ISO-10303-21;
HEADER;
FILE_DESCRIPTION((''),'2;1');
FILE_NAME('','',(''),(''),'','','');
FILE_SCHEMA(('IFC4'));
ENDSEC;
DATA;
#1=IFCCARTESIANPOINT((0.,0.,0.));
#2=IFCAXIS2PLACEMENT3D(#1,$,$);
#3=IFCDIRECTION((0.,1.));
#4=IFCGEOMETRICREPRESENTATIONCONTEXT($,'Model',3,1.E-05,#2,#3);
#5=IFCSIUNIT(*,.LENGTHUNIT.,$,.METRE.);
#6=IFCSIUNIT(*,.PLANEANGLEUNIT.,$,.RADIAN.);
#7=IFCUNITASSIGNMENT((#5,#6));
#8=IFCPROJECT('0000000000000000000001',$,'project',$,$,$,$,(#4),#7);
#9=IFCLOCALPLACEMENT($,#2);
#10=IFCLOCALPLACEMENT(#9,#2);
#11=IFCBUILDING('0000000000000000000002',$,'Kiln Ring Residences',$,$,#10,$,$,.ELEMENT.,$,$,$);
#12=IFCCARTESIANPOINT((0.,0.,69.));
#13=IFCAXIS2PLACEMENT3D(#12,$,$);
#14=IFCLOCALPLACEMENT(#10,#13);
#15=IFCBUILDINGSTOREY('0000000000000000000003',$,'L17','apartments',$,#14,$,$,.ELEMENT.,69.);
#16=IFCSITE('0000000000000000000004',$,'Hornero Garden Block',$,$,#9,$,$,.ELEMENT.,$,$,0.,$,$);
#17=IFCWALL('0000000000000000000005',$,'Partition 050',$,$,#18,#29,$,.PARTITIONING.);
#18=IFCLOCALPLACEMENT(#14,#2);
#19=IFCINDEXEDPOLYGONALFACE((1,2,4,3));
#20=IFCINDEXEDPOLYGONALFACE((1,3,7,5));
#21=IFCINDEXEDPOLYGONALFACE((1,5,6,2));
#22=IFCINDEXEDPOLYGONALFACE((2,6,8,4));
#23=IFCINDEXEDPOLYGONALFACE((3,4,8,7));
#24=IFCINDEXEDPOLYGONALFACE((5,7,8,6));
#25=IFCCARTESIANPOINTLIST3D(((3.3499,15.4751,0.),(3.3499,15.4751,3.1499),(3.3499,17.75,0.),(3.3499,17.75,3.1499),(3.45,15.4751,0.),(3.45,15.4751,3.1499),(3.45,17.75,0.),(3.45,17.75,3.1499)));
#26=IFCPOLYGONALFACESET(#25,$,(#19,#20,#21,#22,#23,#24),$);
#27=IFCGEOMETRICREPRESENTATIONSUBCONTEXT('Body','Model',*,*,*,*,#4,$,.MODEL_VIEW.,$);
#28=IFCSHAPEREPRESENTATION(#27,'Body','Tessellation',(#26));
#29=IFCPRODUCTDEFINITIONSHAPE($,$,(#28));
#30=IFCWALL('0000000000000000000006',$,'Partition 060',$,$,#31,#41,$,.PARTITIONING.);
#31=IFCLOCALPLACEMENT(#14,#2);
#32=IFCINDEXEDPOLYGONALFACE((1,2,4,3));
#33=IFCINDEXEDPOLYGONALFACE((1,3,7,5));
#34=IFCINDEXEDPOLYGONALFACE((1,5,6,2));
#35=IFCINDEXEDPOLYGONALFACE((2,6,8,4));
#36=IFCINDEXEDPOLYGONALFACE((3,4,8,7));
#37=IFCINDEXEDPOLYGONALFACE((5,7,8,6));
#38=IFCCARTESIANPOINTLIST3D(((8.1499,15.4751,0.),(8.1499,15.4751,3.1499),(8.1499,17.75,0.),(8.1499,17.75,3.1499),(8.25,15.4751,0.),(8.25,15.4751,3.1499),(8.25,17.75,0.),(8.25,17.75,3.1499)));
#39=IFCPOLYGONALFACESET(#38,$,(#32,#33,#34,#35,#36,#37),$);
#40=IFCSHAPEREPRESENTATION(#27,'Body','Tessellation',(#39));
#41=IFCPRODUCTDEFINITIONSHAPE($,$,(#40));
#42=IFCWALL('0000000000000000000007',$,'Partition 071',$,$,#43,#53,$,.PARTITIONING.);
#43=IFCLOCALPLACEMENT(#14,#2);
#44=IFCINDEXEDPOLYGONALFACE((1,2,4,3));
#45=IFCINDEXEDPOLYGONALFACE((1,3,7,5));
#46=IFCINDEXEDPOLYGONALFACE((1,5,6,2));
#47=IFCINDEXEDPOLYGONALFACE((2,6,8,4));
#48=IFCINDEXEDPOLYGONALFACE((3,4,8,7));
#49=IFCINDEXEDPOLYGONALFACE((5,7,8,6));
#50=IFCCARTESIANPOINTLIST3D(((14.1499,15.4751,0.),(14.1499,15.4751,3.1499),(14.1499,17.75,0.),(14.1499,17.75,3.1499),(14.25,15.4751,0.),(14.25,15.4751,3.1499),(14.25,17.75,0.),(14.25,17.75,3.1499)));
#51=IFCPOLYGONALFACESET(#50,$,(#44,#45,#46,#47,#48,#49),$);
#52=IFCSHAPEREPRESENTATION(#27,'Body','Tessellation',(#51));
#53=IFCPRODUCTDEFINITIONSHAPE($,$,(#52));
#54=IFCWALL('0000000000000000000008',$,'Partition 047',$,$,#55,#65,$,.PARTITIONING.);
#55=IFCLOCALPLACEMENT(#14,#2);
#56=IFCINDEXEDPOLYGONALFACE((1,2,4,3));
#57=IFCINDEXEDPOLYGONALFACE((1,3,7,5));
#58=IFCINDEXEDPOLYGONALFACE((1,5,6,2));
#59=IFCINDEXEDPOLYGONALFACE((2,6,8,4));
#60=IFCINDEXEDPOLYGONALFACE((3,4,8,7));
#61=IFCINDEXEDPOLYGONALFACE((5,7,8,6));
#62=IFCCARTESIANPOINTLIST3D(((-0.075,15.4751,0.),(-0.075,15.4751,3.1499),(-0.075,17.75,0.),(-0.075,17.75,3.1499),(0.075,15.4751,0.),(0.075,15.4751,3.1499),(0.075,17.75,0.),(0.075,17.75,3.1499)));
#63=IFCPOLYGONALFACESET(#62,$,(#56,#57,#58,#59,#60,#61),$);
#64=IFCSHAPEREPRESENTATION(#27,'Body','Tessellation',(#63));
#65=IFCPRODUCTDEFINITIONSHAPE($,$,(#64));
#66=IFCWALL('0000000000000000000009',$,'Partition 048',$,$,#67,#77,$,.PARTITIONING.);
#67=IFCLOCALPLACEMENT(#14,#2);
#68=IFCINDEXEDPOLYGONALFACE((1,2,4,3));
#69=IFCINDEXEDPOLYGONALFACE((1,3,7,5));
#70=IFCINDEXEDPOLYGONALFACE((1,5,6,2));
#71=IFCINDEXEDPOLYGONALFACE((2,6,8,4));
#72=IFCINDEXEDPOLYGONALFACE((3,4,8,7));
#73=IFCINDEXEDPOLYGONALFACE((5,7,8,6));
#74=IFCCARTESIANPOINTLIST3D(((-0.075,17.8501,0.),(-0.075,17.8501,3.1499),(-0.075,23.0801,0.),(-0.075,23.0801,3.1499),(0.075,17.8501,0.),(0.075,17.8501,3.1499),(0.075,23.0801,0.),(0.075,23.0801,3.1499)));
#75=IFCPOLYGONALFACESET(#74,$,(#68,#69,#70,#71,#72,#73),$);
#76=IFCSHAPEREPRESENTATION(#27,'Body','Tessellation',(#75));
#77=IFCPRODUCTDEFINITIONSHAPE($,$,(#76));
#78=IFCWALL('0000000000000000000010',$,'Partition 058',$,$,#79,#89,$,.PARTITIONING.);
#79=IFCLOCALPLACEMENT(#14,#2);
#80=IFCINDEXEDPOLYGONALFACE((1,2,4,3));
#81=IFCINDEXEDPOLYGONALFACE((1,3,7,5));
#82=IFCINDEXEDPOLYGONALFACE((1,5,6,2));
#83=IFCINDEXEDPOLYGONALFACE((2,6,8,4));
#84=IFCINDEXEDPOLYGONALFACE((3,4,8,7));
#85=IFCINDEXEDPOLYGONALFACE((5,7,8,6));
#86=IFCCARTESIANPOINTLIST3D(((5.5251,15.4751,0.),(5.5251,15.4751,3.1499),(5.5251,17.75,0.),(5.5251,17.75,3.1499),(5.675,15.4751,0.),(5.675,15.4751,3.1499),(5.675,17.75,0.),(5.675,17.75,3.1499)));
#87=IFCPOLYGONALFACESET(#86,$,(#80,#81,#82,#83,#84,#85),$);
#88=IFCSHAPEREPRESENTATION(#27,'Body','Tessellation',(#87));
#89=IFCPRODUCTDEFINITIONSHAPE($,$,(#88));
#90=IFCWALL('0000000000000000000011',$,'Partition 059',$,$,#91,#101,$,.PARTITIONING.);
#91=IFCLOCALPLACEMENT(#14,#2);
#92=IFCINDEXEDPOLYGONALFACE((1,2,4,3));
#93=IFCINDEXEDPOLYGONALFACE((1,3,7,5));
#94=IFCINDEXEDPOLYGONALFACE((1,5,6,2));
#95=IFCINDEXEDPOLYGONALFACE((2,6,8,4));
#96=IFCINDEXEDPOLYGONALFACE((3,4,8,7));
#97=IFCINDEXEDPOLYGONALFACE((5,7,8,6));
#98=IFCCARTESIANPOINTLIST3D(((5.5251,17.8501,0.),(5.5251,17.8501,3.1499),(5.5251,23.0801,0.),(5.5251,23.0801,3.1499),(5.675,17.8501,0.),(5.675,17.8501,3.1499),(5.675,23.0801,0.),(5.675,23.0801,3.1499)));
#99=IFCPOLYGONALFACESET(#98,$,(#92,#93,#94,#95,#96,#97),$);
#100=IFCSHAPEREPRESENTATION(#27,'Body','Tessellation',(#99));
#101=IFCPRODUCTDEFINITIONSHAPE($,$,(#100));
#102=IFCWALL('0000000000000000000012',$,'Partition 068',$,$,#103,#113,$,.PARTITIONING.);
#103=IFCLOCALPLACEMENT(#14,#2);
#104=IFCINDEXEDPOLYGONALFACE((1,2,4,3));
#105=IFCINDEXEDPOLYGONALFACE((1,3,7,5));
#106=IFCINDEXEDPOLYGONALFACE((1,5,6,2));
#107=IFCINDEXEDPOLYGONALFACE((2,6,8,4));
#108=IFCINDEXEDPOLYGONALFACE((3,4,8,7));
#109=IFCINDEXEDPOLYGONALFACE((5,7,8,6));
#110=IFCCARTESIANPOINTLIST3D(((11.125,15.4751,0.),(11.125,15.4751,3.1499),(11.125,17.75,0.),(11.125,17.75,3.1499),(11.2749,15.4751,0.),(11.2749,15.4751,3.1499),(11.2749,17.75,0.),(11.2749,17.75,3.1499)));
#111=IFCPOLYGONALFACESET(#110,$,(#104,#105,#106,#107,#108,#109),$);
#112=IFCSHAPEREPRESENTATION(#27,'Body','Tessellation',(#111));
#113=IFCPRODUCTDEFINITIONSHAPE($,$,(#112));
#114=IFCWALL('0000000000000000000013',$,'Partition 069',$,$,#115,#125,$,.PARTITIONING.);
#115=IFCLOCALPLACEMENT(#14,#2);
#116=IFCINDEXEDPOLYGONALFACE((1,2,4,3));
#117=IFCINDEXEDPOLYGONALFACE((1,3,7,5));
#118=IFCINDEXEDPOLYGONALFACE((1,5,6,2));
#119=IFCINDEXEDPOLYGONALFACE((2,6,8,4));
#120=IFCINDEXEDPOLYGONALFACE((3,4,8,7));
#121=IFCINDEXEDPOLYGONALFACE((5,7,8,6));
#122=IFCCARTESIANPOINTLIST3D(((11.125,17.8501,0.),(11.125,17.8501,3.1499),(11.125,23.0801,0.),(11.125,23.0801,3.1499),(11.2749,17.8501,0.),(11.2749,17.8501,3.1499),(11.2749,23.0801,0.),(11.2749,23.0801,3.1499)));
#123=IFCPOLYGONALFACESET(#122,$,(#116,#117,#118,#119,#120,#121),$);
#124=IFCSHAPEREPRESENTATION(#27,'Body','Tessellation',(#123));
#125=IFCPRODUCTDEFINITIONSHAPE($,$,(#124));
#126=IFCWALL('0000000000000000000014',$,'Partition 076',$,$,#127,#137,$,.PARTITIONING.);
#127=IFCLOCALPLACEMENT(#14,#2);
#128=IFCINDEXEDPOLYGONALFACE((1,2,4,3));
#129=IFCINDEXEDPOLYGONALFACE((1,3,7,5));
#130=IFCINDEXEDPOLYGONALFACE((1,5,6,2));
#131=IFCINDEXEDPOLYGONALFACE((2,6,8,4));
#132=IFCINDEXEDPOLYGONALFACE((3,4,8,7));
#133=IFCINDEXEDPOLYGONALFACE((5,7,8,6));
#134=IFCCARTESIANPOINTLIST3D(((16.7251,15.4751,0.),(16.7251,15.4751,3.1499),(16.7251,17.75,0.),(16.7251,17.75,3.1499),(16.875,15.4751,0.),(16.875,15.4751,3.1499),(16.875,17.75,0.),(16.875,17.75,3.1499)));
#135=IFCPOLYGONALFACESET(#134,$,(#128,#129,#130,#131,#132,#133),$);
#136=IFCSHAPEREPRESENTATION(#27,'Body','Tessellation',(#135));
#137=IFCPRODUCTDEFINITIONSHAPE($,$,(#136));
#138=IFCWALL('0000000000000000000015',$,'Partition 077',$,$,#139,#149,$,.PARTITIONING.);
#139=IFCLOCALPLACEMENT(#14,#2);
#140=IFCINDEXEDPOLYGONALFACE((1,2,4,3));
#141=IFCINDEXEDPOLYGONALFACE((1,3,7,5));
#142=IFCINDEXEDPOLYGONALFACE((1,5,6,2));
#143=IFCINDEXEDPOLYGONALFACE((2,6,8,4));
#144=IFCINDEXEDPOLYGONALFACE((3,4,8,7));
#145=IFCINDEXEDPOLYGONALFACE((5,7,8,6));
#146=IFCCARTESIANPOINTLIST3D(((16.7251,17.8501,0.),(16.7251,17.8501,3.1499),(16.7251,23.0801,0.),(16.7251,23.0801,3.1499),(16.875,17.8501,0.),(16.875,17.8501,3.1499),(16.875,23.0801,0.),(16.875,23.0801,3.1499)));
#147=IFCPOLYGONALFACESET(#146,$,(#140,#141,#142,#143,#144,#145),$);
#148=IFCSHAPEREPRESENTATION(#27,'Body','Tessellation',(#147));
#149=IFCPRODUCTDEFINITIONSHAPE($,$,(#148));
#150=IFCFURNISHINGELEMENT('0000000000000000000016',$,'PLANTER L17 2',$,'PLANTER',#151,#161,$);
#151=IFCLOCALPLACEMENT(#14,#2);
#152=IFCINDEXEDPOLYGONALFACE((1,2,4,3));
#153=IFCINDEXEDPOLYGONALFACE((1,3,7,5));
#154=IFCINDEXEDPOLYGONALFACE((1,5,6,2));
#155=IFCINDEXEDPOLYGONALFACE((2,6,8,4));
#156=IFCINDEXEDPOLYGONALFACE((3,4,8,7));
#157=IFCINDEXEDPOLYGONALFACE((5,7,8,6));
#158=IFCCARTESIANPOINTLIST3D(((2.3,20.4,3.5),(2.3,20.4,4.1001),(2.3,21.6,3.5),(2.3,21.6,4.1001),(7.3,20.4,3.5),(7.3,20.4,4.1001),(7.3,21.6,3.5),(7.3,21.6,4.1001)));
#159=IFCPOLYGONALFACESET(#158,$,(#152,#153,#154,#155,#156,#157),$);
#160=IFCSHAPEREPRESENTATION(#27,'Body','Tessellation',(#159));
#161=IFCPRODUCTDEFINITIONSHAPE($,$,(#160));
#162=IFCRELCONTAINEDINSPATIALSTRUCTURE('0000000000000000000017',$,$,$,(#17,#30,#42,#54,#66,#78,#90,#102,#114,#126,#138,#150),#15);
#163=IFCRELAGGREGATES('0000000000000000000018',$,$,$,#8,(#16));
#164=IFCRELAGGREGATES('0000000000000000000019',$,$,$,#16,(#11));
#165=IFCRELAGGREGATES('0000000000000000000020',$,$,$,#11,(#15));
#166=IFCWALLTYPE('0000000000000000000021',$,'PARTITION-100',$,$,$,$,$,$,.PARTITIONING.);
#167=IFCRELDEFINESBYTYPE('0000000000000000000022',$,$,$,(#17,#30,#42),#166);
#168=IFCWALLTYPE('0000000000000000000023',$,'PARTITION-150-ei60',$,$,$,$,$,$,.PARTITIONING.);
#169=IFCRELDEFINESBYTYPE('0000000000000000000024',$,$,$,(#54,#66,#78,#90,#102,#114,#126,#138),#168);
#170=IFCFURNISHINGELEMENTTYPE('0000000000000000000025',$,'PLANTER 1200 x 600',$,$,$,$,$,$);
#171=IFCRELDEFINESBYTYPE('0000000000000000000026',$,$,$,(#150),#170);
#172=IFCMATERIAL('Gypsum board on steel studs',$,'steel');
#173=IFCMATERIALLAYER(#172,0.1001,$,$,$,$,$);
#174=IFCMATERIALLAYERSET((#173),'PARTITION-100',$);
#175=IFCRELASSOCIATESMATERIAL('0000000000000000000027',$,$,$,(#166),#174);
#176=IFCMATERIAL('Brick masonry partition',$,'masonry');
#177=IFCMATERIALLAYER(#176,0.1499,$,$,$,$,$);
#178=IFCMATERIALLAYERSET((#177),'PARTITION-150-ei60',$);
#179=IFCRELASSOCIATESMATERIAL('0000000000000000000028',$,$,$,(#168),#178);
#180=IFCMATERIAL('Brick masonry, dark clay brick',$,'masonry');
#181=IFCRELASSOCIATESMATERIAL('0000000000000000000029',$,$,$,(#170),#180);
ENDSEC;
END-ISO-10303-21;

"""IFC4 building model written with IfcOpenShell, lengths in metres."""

from ifc_helpers import new_model, si_unit, direction, frame, frame_2d, origin, origin_2d, place, context, subcontext, project, spatial, rectangle, extrude, material, layer, layer_set, type_object, element, save


model = new_model("IFC4")

# Units and contexts
model_context = context("Model", 3, precision=1e-05, world=origin(), true_north=direction((0.0, 1.0)))
body_context = subcontext(model_context, "Body", "Model", "MODEL_VIEW")
ifc_project = project(units=[si_unit("LENGTHUNIT", "METRE"), si_unit("PLANEANGLEUNIT", "RADIAN")], contexts=[model_context])

# Site, building, storey
site_placement = place(None, origin())
site = spatial("IfcSite", under=ifc_project, at=site_placement, Name="Hornero Garden Block", CompositionType="ELEMENT", RefElevation=0.0)
building_placement = place(site_placement, origin())
building = spatial("IfcBuilding", under=site, at=building_placement, Name="Kiln Ring Residences", CompositionType="ELEMENT")
storey_placement = place(building_placement, frame((0.0, 0.0, 69.0)))
storey = spatial("IfcBuildingStorey", under=building, at=storey_placement, Name="L17", Description="apartments", CompositionType="ELEMENT", Elevation=69.0)

# Walls
ifc_material_1 = material(Name="Gypsum board on steel studs", Category="steel")
ifc_layer_1 = layer(ifc_material_1, 0.1001)
ifc_layer_set_1 = layer_set([ifc_layer_1], Name="PARTITION-100")
wall_type_1 = type_object("IfcWallType", Name="PARTITION-100", PredefinedType="PARTITIONING", material=ifc_layer_set_1)
for number, where, z_axis, x_axis, name in (
    (1, (3.3999, 15.4751, 0.0), (0.0, 0.0, 1.0), (0.0, 1.0, 0.0), "Partition 050"),
    (2, (8.2, 15.4751, 0.0), (0.0, 0.0, 1.0), (0.0, 1.0, 0.0), "Partition 060"),
    (3, (14.2, 15.4751, 0.0), (0.0, 0.0, 1.0), (0.0, 1.0, 0.0), "Partition 071"),
):
    element("IfcWall", number, at=place(storey_placement, frame(where, z_axis=z_axis, x_axis=x_axis)), inside=storey, type_object=wall_type_1, Name=name, PredefinedType="PARTITIONING", context=body_context, shape_type="SweptSolid", body=[
        extrude(rectangle(XDim=2.2749, YDim=0.1001, at=frame_2d((1.1375, 0.0))), origin(), (0.0, 0.0, 1.0), 3.1499),
    ])
ifc_material_2 = material(Name="Brick masonry partition", Category="masonry")
ifc_layer_2 = layer(ifc_material_2, 0.1499)
ifc_layer_set_2 = layer_set([ifc_layer_2], Name="PARTITION-150-ei60")
wall_type_2 = type_object("IfcWallType", Name="PARTITION-150-ei60", PredefinedType="PARTITIONING", material=ifc_layer_set_2)
wall_1_placement = place(storey_placement, frame((0.0, 15.4751, 0.0), z_axis=(0.0, 0.0, 1.0), x_axis=(0.0, 1.0, 0.0)))
element("IfcWall", 4, at=wall_1_placement, inside=storey, type_object=wall_type_2, Name="Partition 047", PredefinedType="PARTITIONING", context=body_context, shape_type="SweptSolid", body=[
    extrude(rectangle(XDim=2.2749, YDim=0.1499, at=frame_2d((1.1375, 0.0))), origin(), (0.0, 0.0, 1.0), 3.1499),
])
wall_2_placement = place(storey_placement, frame((0.0, 17.8501, 0.0), z_axis=(0.0, 0.0, 1.0), x_axis=(0.0, 1.0, 0.0)))
element("IfcWall", 5, at=wall_2_placement, inside=storey, type_object=wall_type_2, Name="Partition 048", PredefinedType="PARTITIONING", context=body_context, shape_type="SweptSolid", body=[
    extrude(rectangle(XDim=5.23, YDim=0.1499, at=frame_2d((2.615, 0.0))), origin(), (0.0, 0.0, 1.0), 3.1499),
])
wall_3_placement = place(storey_placement, frame((5.6001, 15.4751, 0.0), z_axis=(0.0, 0.0, 1.0), x_axis=(0.0, 1.0, 0.0)))
element("IfcWall", 6, at=wall_3_placement, inside=storey, type_object=wall_type_2, Name="Partition 058", PredefinedType="PARTITIONING", context=body_context, shape_type="SweptSolid", body=[
    extrude(rectangle(XDim=2.2749, YDim=0.1499, at=frame_2d((1.1375, 0.0))), origin(), (0.0, 0.0, 1.0), 3.1499),
])
wall_4_placement = place(storey_placement, frame((5.6001, 17.8501, 0.0), z_axis=(0.0, 0.0, 1.0), x_axis=(0.0, 1.0, 0.0)))
element("IfcWall", 7, at=wall_4_placement, inside=storey, type_object=wall_type_2, Name="Partition 059", PredefinedType="PARTITIONING", context=body_context, shape_type="SweptSolid", body=[
    extrude(rectangle(XDim=5.23, YDim=0.1499, at=frame_2d((2.615, 0.0))), origin(), (0.0, 0.0, 1.0), 3.1499),
])
wall_5_placement = place(storey_placement, frame((11.2, 15.4751, 0.0), z_axis=(0.0, 0.0, 1.0), x_axis=(0.0, 1.0, 0.0)))
element("IfcWall", 8, at=wall_5_placement, inside=storey, type_object=wall_type_2, Name="Partition 068", PredefinedType="PARTITIONING", context=body_context, shape_type="SweptSolid", body=[
    extrude(rectangle(XDim=2.2749, YDim=0.1499, at=frame_2d((1.1375, 0.0))), origin(), (0.0, 0.0, 1.0), 3.1499),
])
wall_6_placement = place(storey_placement, frame((11.2, 17.8501, 0.0), z_axis=(0.0, 0.0, 1.0), x_axis=(0.0, 1.0, 0.0)))
element("IfcWall", 9, at=wall_6_placement, inside=storey, type_object=wall_type_2, Name="Partition 069", PredefinedType="PARTITIONING", context=body_context, shape_type="SweptSolid", body=[
    extrude(rectangle(XDim=5.23, YDim=0.1499, at=frame_2d((2.615, 0.0))), origin(), (0.0, 0.0, 1.0), 3.1499),
])
wall_7_placement = place(storey_placement, frame((16.8, 15.4751, 0.0), z_axis=(0.0, 0.0, 1.0), x_axis=(0.0, 1.0, 0.0)))
element("IfcWall", 10, at=wall_7_placement, inside=storey, type_object=wall_type_2, Name="Partition 076", PredefinedType="PARTITIONING", context=body_context, shape_type="SweptSolid", body=[
    extrude(rectangle(XDim=2.2749, YDim=0.1499, at=frame_2d((1.1375, 0.0))), origin(), (0.0, 0.0, 1.0), 3.1499),
])
wall_8_placement = place(storey_placement, frame((16.8, 17.8501, 0.0), z_axis=(0.0, 0.0, 1.0), x_axis=(0.0, 1.0, 0.0)))
element("IfcWall", 11, at=wall_8_placement, inside=storey, type_object=wall_type_2, Name="Partition 077", PredefinedType="PARTITIONING", context=body_context, shape_type="SweptSolid", body=[
    extrude(rectangle(XDim=5.23, YDim=0.1499, at=frame_2d((2.615, 0.0))), origin(), (0.0, 0.0, 1.0), 3.1499),
])

# Furnishing element
ifc_material_3 = material(Name="Brick masonry, dark clay brick", Category="masonry")
furnishing_element_type = type_object("IfcFurnishingElementType", Name="PLANTER 1200 x 600", material=ifc_material_3)
furnishing_placement = place(storey_placement, frame((4.8, 21.0, 3.5), z_axis=(0.0, 0.0, 1.0), x_axis=(1.0, 0.0, 0.0)))
element("IfcFurnishingElement", 12, at=furnishing_placement, inside=storey, type_object=furnishing_element_type, Name="PLANTER L17 2", ObjectType="PLANTER", context=body_context, shape_type="SweptSolid", body=[
    extrude(rectangle(XDim=5.0, YDim=1.2, at=origin_2d()), origin(), (0.0, 0.0, 1.0), 0.6001),
])

save(model, "model.ifc")
